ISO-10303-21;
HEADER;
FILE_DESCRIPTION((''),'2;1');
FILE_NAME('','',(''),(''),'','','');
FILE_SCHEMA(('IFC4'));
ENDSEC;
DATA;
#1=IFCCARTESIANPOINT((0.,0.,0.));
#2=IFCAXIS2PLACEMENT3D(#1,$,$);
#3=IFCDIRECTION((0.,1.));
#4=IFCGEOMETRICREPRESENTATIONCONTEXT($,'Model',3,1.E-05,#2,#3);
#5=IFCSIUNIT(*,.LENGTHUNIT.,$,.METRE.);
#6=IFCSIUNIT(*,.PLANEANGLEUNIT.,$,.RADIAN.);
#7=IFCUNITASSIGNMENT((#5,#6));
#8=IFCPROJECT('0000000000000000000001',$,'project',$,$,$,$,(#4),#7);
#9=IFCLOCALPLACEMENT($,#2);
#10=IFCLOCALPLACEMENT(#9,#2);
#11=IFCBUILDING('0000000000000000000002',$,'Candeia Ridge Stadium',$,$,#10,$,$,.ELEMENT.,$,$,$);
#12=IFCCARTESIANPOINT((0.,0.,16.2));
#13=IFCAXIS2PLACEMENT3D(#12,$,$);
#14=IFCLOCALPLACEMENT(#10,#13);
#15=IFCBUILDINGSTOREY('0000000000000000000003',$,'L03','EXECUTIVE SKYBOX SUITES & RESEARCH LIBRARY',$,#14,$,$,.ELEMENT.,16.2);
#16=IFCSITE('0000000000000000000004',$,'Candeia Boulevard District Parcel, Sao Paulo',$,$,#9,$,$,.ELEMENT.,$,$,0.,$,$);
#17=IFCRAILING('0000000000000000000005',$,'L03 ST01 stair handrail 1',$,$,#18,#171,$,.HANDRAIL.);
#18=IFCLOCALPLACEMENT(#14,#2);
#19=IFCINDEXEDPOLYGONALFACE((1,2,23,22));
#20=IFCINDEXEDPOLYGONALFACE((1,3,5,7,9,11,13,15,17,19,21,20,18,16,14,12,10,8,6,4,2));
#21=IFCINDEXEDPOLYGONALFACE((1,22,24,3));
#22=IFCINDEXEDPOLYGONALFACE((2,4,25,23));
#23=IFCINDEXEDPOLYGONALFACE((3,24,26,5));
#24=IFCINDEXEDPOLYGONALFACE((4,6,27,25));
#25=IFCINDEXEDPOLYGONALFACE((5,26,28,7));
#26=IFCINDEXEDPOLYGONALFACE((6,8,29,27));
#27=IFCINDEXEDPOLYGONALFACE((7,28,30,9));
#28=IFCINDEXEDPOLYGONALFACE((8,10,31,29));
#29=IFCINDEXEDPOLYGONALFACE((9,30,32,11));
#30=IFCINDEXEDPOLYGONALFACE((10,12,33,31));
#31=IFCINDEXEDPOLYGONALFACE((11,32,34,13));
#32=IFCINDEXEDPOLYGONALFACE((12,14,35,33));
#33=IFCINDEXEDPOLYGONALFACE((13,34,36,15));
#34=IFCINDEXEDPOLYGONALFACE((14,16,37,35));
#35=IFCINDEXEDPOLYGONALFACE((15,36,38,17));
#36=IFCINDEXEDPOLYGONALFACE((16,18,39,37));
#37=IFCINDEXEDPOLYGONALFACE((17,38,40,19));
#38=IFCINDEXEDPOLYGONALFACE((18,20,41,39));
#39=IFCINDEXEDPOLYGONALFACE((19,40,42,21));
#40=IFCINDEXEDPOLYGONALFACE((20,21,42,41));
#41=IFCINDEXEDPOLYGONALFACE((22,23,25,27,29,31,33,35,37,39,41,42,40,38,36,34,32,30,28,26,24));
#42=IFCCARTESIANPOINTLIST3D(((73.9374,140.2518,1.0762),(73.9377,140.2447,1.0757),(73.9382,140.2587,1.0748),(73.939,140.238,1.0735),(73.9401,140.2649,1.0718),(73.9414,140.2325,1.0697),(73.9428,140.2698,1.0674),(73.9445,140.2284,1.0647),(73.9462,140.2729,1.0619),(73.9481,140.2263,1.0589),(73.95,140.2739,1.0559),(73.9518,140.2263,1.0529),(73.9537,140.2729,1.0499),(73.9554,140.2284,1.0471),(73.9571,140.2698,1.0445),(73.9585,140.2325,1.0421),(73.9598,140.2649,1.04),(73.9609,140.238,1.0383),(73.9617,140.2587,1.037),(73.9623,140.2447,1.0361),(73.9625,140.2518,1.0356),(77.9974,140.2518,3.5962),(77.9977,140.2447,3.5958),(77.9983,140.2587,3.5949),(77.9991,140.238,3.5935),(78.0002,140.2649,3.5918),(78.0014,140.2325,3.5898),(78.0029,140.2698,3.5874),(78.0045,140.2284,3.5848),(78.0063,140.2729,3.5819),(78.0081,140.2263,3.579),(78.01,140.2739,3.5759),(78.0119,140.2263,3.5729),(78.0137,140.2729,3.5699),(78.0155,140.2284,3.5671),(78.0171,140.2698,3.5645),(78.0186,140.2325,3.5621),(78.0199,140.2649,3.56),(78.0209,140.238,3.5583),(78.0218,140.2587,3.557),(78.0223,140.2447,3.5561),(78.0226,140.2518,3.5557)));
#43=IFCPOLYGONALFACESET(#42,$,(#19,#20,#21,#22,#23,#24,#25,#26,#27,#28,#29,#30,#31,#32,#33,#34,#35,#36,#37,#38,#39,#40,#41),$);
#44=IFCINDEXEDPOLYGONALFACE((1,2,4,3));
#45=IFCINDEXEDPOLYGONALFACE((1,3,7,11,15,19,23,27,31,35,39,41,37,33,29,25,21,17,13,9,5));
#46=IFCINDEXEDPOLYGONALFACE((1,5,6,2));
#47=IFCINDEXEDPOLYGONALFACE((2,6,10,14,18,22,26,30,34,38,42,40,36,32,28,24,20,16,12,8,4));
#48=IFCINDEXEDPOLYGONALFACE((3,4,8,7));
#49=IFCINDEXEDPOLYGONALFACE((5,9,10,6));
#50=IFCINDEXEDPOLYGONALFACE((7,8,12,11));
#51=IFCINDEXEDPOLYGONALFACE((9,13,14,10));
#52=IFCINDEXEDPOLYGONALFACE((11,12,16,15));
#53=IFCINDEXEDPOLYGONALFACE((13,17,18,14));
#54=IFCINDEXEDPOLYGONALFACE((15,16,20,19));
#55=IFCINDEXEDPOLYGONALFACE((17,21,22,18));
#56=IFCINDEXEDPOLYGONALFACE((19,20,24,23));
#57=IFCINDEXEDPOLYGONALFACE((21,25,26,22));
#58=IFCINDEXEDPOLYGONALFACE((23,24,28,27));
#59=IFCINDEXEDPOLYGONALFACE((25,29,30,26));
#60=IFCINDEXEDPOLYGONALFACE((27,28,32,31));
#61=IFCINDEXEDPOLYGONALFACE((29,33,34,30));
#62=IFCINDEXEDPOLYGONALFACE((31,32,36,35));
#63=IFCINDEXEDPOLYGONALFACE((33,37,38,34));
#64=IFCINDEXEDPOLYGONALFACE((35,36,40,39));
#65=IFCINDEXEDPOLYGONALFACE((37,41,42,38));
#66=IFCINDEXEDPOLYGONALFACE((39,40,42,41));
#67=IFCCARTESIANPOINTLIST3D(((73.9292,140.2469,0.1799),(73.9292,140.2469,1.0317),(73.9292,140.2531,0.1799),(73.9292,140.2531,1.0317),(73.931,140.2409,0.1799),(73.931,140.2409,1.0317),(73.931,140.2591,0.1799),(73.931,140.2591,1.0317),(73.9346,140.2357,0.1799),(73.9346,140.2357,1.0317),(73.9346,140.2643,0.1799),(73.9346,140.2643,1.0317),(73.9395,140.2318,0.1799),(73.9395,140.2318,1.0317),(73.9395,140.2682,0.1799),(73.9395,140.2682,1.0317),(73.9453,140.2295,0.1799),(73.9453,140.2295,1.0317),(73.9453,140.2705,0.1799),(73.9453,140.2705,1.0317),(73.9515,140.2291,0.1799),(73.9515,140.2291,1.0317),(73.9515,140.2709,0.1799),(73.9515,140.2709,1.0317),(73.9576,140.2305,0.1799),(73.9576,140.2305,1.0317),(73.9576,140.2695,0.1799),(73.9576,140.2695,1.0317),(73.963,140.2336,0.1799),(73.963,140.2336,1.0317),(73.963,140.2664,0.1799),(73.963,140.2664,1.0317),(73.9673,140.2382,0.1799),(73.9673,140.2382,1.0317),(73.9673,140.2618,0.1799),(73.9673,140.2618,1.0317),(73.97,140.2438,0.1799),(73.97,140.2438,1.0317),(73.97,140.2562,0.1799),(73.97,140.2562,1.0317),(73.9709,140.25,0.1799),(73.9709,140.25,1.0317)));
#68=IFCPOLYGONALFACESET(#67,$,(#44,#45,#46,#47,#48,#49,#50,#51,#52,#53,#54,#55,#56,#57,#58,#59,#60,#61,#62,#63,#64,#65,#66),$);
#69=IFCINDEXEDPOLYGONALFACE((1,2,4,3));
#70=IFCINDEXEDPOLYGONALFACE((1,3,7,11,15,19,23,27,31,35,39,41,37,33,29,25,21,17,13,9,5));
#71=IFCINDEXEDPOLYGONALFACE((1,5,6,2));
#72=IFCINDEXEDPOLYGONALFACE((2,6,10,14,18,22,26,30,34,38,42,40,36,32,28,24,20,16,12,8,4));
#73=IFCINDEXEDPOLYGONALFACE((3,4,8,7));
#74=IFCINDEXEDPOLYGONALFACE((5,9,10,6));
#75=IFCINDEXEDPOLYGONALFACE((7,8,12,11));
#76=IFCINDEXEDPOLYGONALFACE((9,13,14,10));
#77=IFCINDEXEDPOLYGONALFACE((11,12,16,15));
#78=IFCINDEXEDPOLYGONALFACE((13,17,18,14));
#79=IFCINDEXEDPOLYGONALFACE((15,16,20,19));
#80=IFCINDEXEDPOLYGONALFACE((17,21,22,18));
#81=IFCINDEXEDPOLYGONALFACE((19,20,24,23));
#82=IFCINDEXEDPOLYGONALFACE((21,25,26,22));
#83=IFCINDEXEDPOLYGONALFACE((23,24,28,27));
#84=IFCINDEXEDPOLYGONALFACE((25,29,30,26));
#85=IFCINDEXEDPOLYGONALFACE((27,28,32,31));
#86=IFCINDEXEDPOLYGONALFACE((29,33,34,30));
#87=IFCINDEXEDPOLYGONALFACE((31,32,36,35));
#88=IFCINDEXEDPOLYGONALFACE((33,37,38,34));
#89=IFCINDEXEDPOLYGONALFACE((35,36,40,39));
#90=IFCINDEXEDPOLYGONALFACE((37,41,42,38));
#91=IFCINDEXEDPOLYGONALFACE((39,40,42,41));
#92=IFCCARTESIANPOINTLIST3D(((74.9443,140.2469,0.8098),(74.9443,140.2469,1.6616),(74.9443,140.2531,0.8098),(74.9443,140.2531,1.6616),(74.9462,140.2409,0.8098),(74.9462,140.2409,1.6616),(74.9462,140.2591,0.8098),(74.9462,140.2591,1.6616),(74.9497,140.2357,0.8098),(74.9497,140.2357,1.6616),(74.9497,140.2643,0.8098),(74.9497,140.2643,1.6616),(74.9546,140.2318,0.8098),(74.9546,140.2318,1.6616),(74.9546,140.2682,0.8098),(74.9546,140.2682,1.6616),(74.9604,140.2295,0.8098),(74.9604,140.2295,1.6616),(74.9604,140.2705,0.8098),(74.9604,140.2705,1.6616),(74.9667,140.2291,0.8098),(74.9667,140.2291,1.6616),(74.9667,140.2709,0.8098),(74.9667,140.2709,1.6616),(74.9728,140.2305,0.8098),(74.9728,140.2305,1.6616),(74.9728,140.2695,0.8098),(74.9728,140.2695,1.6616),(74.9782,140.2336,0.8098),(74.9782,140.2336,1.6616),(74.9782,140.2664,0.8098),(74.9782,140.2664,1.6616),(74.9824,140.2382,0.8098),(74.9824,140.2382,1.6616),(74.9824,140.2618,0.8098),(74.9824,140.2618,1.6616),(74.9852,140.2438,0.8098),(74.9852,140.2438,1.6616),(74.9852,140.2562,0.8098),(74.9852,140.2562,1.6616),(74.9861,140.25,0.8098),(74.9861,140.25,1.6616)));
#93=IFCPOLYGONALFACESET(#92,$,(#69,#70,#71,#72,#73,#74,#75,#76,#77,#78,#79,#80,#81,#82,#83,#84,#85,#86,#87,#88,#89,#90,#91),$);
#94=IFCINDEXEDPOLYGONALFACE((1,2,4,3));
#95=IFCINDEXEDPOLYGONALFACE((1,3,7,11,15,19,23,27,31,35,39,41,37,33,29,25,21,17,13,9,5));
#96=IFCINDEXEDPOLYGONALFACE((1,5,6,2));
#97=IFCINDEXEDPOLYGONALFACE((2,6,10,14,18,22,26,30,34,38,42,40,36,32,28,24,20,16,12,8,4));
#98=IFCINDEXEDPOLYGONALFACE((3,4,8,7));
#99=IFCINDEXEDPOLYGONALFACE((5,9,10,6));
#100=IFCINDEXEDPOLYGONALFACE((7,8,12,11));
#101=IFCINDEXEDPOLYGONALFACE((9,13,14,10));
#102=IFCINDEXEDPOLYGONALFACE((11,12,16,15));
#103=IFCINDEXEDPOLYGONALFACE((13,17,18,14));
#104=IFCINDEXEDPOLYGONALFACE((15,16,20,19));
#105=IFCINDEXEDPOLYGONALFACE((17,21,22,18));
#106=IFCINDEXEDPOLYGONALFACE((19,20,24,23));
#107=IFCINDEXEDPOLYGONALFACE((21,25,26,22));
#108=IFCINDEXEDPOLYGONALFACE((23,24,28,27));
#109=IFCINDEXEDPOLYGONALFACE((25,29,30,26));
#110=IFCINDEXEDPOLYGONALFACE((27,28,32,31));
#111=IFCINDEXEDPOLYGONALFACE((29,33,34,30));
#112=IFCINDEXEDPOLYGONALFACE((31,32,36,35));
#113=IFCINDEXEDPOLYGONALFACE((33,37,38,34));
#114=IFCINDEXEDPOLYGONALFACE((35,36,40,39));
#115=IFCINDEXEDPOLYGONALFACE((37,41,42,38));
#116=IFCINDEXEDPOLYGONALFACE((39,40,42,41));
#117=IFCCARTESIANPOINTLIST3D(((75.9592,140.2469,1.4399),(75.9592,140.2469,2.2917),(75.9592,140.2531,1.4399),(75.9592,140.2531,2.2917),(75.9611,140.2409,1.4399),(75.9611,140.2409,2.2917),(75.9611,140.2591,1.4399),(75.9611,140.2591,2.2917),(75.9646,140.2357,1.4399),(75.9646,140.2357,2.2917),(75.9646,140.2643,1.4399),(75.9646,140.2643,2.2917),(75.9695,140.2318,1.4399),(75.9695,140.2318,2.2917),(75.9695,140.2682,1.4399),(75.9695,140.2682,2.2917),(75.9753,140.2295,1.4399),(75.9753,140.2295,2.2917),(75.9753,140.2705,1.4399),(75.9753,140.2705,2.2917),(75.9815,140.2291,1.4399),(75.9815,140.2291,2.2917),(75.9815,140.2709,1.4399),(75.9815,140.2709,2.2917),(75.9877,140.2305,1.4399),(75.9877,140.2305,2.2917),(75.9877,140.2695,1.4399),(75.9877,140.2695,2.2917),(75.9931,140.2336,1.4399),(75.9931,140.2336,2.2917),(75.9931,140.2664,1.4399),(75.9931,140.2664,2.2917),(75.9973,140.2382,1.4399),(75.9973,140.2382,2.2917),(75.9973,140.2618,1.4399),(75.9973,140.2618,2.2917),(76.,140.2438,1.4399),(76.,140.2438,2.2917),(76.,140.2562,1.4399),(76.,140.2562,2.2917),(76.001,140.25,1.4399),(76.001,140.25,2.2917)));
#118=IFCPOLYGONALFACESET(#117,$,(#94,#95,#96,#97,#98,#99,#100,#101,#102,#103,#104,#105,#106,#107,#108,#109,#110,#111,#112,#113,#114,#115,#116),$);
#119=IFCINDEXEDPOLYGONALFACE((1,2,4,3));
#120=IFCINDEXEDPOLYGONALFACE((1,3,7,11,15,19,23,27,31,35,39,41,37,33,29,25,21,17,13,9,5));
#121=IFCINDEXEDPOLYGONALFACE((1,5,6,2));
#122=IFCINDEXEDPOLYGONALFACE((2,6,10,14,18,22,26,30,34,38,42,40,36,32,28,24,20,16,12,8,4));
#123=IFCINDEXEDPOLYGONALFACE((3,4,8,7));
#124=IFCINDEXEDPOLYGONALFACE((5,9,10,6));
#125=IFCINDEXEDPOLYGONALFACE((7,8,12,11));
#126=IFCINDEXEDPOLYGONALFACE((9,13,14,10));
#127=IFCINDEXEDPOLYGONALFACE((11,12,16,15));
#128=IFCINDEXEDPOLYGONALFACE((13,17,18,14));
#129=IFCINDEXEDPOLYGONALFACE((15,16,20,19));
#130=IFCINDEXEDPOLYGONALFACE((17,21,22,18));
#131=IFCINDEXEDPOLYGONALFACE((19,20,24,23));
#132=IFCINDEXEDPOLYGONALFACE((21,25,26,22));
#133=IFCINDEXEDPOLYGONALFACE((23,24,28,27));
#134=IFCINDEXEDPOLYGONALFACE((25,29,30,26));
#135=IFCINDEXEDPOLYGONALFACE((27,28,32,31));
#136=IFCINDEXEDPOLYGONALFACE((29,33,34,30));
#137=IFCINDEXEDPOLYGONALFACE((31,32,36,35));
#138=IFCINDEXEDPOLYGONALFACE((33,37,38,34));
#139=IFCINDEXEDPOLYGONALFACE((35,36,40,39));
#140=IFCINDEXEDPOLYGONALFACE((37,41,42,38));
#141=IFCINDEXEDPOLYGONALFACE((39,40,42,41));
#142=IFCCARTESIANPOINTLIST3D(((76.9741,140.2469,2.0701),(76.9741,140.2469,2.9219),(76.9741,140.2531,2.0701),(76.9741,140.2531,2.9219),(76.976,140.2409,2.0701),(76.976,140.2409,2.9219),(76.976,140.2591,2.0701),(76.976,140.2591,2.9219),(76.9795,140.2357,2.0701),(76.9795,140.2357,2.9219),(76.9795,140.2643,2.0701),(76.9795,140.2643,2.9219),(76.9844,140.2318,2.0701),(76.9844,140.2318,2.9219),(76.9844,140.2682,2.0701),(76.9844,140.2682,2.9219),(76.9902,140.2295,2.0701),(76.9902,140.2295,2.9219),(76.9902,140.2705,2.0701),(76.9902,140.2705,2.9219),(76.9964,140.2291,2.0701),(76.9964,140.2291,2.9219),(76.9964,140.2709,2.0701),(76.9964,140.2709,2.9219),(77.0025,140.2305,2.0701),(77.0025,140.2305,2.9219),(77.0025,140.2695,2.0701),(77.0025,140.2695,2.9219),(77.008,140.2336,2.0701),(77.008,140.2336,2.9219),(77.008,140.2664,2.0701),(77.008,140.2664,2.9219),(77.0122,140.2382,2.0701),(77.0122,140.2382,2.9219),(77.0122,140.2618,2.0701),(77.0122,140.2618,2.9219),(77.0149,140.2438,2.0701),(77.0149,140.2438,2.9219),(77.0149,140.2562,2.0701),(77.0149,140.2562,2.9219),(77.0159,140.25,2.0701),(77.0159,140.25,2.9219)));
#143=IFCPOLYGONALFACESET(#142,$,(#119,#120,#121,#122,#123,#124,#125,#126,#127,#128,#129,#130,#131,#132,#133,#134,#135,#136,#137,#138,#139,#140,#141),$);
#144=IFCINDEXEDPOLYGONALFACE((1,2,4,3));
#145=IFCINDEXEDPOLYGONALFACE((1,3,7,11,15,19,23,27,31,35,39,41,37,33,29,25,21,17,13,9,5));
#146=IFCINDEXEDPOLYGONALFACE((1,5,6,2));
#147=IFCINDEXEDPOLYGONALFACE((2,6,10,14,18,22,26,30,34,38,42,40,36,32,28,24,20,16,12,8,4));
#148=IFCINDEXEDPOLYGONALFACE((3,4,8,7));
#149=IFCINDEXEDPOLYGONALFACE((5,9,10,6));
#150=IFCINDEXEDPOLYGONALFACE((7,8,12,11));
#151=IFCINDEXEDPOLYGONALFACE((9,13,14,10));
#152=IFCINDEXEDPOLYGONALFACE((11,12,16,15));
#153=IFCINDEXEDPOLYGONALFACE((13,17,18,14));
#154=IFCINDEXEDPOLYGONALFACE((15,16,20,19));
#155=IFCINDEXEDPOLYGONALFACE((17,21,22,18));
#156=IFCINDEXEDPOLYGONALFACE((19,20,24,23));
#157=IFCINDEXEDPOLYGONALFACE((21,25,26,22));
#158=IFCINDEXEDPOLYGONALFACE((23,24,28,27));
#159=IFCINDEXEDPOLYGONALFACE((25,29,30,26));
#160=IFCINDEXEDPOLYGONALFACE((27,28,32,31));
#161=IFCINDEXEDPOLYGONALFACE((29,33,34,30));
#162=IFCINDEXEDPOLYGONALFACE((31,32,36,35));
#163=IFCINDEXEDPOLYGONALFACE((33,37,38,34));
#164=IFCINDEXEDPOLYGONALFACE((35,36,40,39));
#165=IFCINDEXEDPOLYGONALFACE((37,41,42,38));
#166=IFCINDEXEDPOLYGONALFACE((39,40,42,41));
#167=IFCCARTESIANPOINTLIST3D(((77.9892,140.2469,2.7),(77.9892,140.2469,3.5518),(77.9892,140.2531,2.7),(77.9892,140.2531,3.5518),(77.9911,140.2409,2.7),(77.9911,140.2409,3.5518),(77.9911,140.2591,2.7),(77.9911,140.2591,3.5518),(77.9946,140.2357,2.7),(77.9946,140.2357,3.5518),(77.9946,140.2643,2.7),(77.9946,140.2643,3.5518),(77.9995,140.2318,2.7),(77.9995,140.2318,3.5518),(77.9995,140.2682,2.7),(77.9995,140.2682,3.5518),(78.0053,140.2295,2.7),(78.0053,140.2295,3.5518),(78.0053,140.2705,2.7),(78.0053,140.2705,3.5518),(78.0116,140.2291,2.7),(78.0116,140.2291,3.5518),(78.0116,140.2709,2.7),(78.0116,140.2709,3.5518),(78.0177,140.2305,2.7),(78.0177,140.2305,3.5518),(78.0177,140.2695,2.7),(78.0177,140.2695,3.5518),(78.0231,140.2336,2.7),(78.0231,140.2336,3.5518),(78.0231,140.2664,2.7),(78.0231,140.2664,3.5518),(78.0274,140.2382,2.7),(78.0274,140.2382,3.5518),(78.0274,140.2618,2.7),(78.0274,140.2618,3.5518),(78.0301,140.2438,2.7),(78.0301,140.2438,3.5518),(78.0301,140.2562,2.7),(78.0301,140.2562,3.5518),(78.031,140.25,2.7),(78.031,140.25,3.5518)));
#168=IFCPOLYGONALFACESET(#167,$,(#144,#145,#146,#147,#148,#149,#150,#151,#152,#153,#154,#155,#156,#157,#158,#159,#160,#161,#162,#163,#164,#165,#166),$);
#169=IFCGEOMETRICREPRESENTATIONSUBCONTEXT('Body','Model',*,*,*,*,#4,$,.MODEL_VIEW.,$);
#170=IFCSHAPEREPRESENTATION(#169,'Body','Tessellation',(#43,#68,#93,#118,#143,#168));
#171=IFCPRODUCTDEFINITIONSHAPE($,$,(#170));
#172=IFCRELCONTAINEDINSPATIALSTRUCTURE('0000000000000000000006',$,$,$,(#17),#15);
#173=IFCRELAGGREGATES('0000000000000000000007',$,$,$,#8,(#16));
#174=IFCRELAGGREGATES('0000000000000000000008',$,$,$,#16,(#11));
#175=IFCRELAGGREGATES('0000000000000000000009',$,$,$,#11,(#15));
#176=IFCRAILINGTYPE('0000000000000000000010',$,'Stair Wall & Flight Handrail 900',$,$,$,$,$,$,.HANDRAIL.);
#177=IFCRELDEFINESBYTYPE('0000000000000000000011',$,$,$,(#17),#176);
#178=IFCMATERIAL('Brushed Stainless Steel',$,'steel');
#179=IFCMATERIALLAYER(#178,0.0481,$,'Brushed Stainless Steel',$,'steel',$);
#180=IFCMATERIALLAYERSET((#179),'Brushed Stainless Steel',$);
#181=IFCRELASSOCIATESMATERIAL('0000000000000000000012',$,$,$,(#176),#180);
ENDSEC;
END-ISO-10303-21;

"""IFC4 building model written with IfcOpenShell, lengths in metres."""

from ifc_helpers import new_model, si_unit, direction, frame, origin, origin_2d, place, context, subcontext, project, spatial, circle, extrude, material, layer, layer_set, type_object, element, save


model = new_model("IFC4")

# Units and contexts
model_context = context("Model", 3, precision=1e-05, world=origin(), true_north=direction((0.0, 1.0)))
body_context = subcontext(model_context, "Body", "Model", "MODEL_VIEW")
ifc_project = project(units=[si_unit("LENGTHUNIT", "METRE"), si_unit("PLANEANGLEUNIT", "RADIAN")], contexts=[model_context])

# Site, building, storey
site_placement = place(None, origin())
site = spatial("IfcSite", under=ifc_project, at=site_placement, Name="Candeia Boulevard District Parcel, Sao Paulo", CompositionType="ELEMENT", RefElevation=0.0)
building_placement = place(site_placement, origin())
building = spatial("IfcBuilding", under=site, at=building_placement, Name="Candeia Ridge Stadium", CompositionType="ELEMENT")
storey_placement = place(building_placement, frame((0.0, 0.0, 16.2)))
storey = spatial("IfcBuildingStorey", under=building, at=storey_placement, Name="L03", Description="EXECUTIVE SKYBOX SUITES & RESEARCH LIBRARY", CompositionType="ELEMENT", Elevation=16.2)

# Railing
ifc_material_1 = material(Name="Brushed Stainless Steel", Category="steel")
ifc_layer_1 = layer(ifc_material_1, 0.0481, Name="Brushed Stainless Steel", Category="steel")
ifc_layer_set_1 = layer_set([ifc_layer_1], Name="Brushed Stainless Steel")
railing_type_1 = type_object("IfcRailingType", Name="Stair Wall & Flight Handrail 900", PredefinedType="HANDRAIL", material=ifc_layer_set_1)
railing_1_placement = place(storey_placement, frame((73.95, 140.25, 0.1799)))
element("IfcRailing", 1, at=railing_1_placement, inside=storey, type_object=railing_type_1, Name="L03 ST01 stair handrail 1", PredefinedType="HANDRAIL", context=body_context, shape_type="SweptSolid", body=[
    extrude(circle(Radius=0.0239, at=origin_2d()), frame((0.0, 0.0, 0.876), z_axis=(0.849642, 0.0, 0.52736), x_axis=(0.0, 1.0, 0.0)), (0.0, 0.0, 1.0), 4.7786),
    extrude(circle(Radius=0.021, at=origin_2d()), origin(), (0.0, 0.0, 1.0), 0.8518),
    extrude(circle(Radius=0.021, at=origin_2d()), frame((1.0151, 0.0, 0.6299)), (0.0, 0.0, 1.0), 0.8518),
    extrude(circle(Radius=0.021, at=origin_2d()), frame((2.03, 0.0, 1.26)), (0.0, 0.0, 1.0), 0.8518),
    extrude(circle(Radius=0.021, at=origin_2d()), frame((3.0449, 0.0, 1.8901)), (0.0, 0.0, 1.0), 0.8518),
    extrude(circle(Radius=0.021, at=origin_2d()), frame((4.0601, 0.0, 2.52)), (0.0, 0.0, 1.0), 0.8518),
])

save(model, "model.ifc")
